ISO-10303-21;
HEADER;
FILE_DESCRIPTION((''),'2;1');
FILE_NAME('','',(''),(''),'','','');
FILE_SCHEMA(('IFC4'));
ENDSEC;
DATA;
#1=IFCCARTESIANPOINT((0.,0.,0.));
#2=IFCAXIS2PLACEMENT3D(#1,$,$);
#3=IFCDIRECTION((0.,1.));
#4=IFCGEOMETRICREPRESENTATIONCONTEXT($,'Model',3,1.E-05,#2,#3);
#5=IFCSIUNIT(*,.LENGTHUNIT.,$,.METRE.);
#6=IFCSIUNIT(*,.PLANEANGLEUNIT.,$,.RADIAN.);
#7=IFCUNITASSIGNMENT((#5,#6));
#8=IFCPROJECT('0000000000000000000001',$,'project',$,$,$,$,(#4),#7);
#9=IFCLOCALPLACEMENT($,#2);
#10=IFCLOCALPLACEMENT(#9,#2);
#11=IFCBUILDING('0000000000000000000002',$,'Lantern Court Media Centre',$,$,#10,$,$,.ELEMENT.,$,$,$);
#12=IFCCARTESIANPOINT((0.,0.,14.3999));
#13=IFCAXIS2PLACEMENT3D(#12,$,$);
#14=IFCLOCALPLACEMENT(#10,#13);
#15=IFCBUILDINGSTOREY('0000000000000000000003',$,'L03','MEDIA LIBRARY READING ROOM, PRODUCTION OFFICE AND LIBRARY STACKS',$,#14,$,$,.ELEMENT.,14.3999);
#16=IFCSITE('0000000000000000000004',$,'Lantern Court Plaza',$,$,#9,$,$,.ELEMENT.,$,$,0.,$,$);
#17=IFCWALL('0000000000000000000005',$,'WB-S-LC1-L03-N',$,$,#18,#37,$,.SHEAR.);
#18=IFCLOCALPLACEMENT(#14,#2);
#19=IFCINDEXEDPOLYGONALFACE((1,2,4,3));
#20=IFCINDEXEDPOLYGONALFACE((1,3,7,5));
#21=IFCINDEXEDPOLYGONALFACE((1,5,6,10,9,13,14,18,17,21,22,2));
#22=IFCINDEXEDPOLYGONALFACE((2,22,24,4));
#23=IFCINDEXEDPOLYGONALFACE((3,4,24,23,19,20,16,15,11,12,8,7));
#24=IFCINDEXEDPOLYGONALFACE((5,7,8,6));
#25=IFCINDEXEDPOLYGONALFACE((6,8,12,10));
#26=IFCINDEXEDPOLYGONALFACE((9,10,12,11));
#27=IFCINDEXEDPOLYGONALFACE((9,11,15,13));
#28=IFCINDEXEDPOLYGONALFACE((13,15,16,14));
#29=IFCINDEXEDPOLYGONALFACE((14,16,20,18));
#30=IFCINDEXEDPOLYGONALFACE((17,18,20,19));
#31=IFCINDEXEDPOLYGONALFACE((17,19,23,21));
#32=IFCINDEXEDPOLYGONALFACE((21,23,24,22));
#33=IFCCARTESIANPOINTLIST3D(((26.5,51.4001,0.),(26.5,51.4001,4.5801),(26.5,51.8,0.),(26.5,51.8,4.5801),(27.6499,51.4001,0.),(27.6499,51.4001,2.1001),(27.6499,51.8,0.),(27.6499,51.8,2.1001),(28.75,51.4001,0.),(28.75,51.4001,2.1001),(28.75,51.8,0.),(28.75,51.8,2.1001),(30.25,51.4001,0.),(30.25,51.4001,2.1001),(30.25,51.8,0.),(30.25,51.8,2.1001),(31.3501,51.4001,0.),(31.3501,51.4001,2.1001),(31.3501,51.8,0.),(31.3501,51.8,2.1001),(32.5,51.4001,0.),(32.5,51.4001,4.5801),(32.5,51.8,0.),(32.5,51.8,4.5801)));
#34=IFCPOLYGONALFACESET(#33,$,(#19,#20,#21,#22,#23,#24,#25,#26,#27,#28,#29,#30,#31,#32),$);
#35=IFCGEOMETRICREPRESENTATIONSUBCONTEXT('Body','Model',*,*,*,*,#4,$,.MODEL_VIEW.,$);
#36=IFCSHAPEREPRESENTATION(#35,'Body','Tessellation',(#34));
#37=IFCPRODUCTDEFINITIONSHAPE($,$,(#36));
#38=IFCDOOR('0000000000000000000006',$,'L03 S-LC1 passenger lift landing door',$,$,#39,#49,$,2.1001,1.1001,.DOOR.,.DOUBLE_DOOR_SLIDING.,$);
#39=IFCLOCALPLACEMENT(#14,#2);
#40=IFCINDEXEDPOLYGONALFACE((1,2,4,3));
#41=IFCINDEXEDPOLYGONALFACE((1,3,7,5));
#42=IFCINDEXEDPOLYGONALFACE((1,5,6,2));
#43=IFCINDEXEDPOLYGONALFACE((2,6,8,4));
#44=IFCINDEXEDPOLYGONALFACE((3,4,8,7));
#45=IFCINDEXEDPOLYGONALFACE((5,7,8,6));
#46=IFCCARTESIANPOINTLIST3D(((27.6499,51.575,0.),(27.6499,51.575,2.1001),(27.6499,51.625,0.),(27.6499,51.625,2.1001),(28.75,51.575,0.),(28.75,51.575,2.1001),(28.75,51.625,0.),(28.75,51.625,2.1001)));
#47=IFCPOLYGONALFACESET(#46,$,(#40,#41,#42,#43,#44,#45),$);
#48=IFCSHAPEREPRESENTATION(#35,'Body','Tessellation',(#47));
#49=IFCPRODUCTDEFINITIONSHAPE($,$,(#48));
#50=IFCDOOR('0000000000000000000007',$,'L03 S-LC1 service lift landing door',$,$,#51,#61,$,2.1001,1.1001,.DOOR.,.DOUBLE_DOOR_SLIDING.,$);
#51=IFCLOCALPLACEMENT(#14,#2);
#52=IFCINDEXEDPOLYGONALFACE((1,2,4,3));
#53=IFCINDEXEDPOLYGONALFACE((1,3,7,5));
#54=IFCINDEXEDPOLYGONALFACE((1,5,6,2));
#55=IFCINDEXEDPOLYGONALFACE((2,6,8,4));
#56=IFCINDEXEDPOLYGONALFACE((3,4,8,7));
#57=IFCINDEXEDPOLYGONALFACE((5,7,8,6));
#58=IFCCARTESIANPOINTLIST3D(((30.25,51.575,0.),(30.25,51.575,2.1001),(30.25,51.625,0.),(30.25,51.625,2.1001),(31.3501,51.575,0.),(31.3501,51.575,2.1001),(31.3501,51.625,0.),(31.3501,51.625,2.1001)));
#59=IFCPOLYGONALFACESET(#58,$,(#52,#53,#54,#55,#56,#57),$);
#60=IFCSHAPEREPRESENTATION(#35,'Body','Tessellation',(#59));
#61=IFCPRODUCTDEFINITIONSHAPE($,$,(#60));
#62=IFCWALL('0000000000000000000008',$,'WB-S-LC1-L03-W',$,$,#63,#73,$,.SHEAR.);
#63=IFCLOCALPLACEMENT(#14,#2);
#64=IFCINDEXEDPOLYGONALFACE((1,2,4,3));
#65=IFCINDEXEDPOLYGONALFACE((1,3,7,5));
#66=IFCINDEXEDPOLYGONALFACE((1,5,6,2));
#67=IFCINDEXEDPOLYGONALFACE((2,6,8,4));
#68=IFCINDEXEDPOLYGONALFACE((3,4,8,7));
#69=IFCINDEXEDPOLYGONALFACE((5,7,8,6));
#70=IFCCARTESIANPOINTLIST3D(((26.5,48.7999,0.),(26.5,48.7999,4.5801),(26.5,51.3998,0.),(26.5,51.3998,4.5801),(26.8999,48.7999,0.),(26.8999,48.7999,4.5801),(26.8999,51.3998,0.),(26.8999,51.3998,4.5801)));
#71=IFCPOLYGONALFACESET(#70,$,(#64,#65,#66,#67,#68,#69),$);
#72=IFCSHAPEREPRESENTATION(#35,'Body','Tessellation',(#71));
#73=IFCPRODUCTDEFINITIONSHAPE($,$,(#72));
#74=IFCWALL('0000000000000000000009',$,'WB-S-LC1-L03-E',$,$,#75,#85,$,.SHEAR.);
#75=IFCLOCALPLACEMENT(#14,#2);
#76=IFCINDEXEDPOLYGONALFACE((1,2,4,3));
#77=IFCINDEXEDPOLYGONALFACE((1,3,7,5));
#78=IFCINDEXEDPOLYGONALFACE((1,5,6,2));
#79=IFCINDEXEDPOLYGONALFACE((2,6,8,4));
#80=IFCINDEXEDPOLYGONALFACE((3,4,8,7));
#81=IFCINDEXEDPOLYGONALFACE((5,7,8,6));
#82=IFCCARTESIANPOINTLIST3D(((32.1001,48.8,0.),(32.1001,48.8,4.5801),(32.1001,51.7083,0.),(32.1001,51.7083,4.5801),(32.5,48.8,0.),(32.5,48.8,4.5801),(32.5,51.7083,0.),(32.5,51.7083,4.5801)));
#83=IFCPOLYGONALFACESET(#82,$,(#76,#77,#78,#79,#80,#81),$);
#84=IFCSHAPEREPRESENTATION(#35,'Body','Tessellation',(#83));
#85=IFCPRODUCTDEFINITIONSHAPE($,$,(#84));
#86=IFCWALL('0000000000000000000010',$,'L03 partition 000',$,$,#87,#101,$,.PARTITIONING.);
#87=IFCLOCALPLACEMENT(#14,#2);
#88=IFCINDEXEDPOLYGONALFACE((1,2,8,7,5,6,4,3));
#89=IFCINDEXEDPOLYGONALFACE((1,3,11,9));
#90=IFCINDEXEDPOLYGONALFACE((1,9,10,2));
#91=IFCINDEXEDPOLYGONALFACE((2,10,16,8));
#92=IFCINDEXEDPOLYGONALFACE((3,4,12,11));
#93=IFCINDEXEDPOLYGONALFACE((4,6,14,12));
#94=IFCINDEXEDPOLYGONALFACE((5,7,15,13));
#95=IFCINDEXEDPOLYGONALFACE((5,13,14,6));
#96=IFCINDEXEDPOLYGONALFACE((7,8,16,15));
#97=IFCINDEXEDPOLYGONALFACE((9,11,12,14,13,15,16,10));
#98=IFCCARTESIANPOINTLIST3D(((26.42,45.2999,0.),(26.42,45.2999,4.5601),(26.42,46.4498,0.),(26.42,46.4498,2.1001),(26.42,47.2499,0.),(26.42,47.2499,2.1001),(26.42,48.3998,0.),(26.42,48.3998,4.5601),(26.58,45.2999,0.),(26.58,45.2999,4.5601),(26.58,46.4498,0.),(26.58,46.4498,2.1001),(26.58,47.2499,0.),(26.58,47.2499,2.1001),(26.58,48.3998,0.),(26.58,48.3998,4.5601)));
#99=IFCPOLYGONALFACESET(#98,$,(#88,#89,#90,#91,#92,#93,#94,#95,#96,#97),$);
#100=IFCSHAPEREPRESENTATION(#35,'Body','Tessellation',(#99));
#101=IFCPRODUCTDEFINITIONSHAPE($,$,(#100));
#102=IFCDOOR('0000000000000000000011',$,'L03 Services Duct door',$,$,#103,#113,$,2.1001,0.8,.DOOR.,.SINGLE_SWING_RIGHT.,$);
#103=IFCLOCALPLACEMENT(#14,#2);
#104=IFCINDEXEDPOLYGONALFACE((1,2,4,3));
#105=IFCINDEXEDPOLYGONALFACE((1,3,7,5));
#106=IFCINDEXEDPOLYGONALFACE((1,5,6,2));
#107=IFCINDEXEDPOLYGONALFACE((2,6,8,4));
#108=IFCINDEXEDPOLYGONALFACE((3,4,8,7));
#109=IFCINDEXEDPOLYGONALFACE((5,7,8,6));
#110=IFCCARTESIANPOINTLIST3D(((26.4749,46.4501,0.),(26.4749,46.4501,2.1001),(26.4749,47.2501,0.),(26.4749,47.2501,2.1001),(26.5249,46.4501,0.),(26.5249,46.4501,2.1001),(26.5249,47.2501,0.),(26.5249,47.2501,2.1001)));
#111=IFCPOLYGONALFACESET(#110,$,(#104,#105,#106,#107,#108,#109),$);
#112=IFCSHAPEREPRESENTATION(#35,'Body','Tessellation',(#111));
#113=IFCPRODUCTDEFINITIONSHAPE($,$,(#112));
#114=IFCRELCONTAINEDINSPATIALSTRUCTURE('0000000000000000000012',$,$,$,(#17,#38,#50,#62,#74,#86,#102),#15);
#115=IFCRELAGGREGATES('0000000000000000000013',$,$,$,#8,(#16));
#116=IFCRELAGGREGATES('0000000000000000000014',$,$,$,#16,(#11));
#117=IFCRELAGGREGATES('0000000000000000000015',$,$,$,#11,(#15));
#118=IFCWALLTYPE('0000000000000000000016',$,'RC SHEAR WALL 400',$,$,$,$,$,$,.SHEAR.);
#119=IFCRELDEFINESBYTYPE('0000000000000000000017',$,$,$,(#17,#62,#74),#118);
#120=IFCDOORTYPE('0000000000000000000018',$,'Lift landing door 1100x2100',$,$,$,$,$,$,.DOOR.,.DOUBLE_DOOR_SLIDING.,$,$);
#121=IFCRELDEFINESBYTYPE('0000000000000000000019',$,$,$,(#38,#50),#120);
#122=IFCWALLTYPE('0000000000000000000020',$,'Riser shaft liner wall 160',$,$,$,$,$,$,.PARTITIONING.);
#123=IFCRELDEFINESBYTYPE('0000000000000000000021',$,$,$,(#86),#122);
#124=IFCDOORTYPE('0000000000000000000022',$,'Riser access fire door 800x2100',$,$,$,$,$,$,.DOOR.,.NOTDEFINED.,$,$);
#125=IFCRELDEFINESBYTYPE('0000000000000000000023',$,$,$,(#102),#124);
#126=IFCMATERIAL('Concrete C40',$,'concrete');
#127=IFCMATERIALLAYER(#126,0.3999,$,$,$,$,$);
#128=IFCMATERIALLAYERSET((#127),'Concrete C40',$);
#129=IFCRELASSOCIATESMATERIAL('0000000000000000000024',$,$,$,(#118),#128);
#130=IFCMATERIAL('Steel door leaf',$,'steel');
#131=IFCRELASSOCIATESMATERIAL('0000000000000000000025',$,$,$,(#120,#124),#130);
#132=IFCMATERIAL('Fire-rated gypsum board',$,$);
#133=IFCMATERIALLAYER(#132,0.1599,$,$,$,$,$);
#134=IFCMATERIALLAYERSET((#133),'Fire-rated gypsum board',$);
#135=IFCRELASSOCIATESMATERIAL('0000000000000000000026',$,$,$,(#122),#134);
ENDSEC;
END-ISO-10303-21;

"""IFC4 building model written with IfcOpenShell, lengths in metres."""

from ifc_helpers import new_model, si_unit, direction, frame, frame_2d, origin, place, context, subcontext, project, spatial, rectangle, extrude, material, layer, layer_set, type_object, element, fill, save


model = new_model("IFC4")

# Units and contexts
model_context = context("Model", 3, precision=1e-05, world=origin(), true_north=direction((0.0, 1.0)))
body_context = subcontext(model_context, "Body", "Model", "MODEL_VIEW")
ifc_project = project(units=[si_unit("LENGTHUNIT", "METRE"), si_unit("PLANEANGLEUNIT", "RADIAN")], contexts=[model_context])

# Site, building, storey
site_placement = place(None, origin())
site = spatial("IfcSite", under=ifc_project, at=site_placement, Name="Lantern Court Plaza", CompositionType="ELEMENT", RefElevation=0.0)
building_placement = place(site_placement, origin())
building = spatial("IfcBuilding", under=site, at=building_placement, Name="Lantern Court Media Centre", CompositionType="ELEMENT")
storey_placement = place(building_placement, frame((0.0, 0.0, 14.3999)))
storey = spatial("IfcBuildingStorey", under=building, at=storey_placement, Name="L03", Description="MEDIA LIBRARY READING ROOM, PRODUCTION OFFICE AND LIBRARY STACKS", CompositionType="ELEMENT", Elevation=14.3999)

# Shared definitions
ifc_material_1 = material(Name="Concrete C40", Category="concrete")
ifc_layer_1 = layer(ifc_material_1, 0.3999)
ifc_layer_set_1 = layer_set([ifc_layer_1], Name="Concrete C40")
wall_type_1 = type_object("IfcWallType", Name="RC SHEAR WALL 400", PredefinedType="SHEAR", material=ifc_layer_set_1)

# Wall, openings, doors
wall_1_placement = place(storey_placement, frame((26.5, 51.6001, 0.0), z_axis=(0.0, 0.0, 1.0), x_axis=(1.0, 0.0, 0.0)))
wall_1 = element("IfcWall", 1, at=wall_1_placement, inside=storey, type_object=wall_type_1, Name="WB-S-LC1-L03-N", PredefinedType="SHEAR", context=body_context, shape_type="SweptSolid", body=[
    extrude(rectangle(XDim=6.0, YDim=0.3999, at=frame_2d((3.0, 0.0))), origin(), (0.0, 0.0, 1.0), 4.5801),
])
opening_1_placement = place(wall_1_placement, frame((1.1499, 0.0, 0.0)))
opening_1 = element("IfcOpeningElement", 2, at=opening_1_placement, cuts=wall_1, PredefinedType="OPENING", context=body_context, shape_type="SweptSolid", body=[
    extrude(rectangle(XDim=1.1001, YDim=2.1001, at=frame_2d((0.55, 1.05))), frame((0.0, 0.21, 0.0), z_axis=(0.0, -1.0, 0.0), x_axis=(1.0, 0.0, 0.0)), (0.0, 0.0, 1.0), 0.4199),
])
opening_2_placement = place(wall_1_placement, frame((3.75, 0.0, 0.0)))
opening_2 = element("IfcOpeningElement", 3, at=opening_2_placement, cuts=wall_1, PredefinedType="OPENING", context=body_context, shape_type="SweptSolid", body=[
    extrude(rectangle(XDim=1.1001, YDim=2.1001, at=frame_2d((0.55, 1.05))), frame((0.0, 0.21, 0.0), z_axis=(0.0, -1.0, 0.0), x_axis=(1.0, 0.0, 0.0)), (0.0, 0.0, 1.0), 0.4199),
])
ifc_material_2 = material(Name="Steel door leaf", Category="steel")
door_type_1 = type_object("IfcDoorType", Name="Lift landing door 1100x2100", OperationType="DOUBLE_DOOR_SLIDING", PredefinedType="DOOR", material=ifc_material_2)
door_1_placement = place(opening_1_placement, origin())
door_1 = element("IfcDoor", 4, at=door_1_placement, inside=storey, type_object=door_type_1, Name="L03 S-LC1 passenger lift landing door", OperationType="DOUBLE_DOOR_SLIDING", OverallHeight=2.1001, OverallWidth=1.1001, PredefinedType="DOOR", context=body_context, shape_type="SweptSolid", body=[
    extrude(rectangle(XDim=1.1001, YDim=2.1001, at=frame_2d((0.55, 1.05))), frame((0.0, 0.0249, 0.0), z_axis=(0.0, -1.0, 0.0), x_axis=(1.0, 0.0, 0.0)), (0.0, 0.0, 1.0), 0.05),
])
fill(opening_1, door_1)
door_2_placement = place(opening_2_placement, origin())
door_2 = element("IfcDoor", 5, at=door_2_placement, inside=storey, type_object=door_type_1, Name="L03 S-LC1 service lift landing door", OperationType="DOUBLE_DOOR_SLIDING", OverallHeight=2.1001, OverallWidth=1.1001, PredefinedType="DOOR", context=body_context, shape_type="SweptSolid", body=[
    extrude(rectangle(XDim=1.1001, YDim=2.1001, at=frame_2d((0.55, 1.05))), frame((0.0, 0.0249, 0.0), z_axis=(0.0, -1.0, 0.0), x_axis=(1.0, 0.0, 0.0)), (0.0, 0.0, 1.0), 0.05),
])
fill(opening_2, door_2)

# Walls
wall_2_placement = place(storey_placement, frame((26.7, 48.8, 0.0), z_axis=(0.0, 0.0, 1.0), x_axis=(0.0, 1.0, 0.0)))
element("IfcWall", 6, at=wall_2_placement, inside=storey, type_object=wall_type_1, Name="WB-S-LC1-L03-W", PredefinedType="SHEAR", context=body_context, shape_type="SweptSolid", body=[
    extrude(rectangle(XDim=2.5999, YDim=0.3999, at=frame_2d((1.2998, 0.0))), origin(), (0.0, 0.0, 1.0), 4.5801),
])
wall_3_placement = place(storey_placement, frame((32.3, 48.8, 0.0), z_axis=(0.0, 0.0, 1.0), x_axis=(0.0, 1.0, 0.0)))
element("IfcWall", 7, at=wall_3_placement, inside=storey, type_object=wall_type_1, Name="WB-S-LC1-L03-E", PredefinedType="SHEAR", context=body_context, shape_type="SweptSolid", body=[
    extrude(rectangle(XDim=2.9082, YDim=0.3999, at=frame_2d((1.4541, 0.0))), origin(), (0.0, 0.0, 1.0), 4.5801),
])

# Wall, opening, door
ifc_material_3 = material(Name="Fire-rated gypsum board")
ifc_layer_2 = layer(ifc_material_3, 0.1599)
ifc_layer_set_2 = layer_set([ifc_layer_2], Name="Fire-rated gypsum board")
wall_type_2 = type_object("IfcWallType", Name="Riser shaft liner wall 160", PredefinedType="PARTITIONING", material=ifc_layer_set_2)
wall_4_placement = place(storey_placement, frame((26.5, 45.3, 0.0), z_axis=(0.0, 0.0, 1.0), x_axis=(0.0, 1.0, 0.0)))
wall_4 = element("IfcWall", 8, at=wall_4_placement, inside=storey, type_object=wall_type_2, Name="L03 partition 000", PredefinedType="PARTITIONING", context=body_context, shape_type="SweptSolid", body=[
    extrude(rectangle(XDim=3.0999, YDim=0.1599, at=frame_2d((1.5498, 0.0))), origin(), (0.0, 0.0, 1.0), 4.5601),
])
opening_3_placement = place(wall_4_placement, frame((1.1499, 0.0, 0.0)))
opening_3 = element("IfcOpeningElement", 9, at=opening_3_placement, cuts=wall_4, PredefinedType="OPENING", context=body_context, shape_type="SweptSolid", body=[
    extrude(rectangle(XDim=0.8, YDim=2.1001, at=frame_2d((0.3999, 1.05))), frame((0.0, 0.0898, 0.0), z_axis=(0.0, -1.0, 0.0), x_axis=(1.0, 0.0, 0.0)), (0.0, 0.0, 1.0), 0.1799),
])
door_type_2 = type_object("IfcDoorType", Name="Riser access fire door 800x2100", OperationType="NOTDEFINED", PredefinedType="DOOR", material=ifc_material_2)
door_3_placement = place(opening_3_placement, frame((0.8, 0.0, 0.0), z_axis=(0.0, 0.0, 1.0), x_axis=(-1.0, 0.0, 0.0)))
door_3 = element("IfcDoor", 10, at=door_3_placement, inside=storey, type_object=door_type_2, Name="L03 Services Duct door", OperationType="SINGLE_SWING_RIGHT", OverallHeight=2.1001, OverallWidth=0.8, PredefinedType="DOOR", context=body_context, shape_type="SweptSolid", body=[
    extrude(rectangle(XDim=0.8, YDim=2.1001, at=frame_2d((0.3999, 1.05))), frame((0.0, 0.0249, 0.0), z_axis=(0.0, -1.0, 0.0), x_axis=(1.0, 0.0, 0.0)), (0.0, 0.0, 1.0), 0.05),
])
fill(opening_3, door_3)

save(model, "model.ifc")
